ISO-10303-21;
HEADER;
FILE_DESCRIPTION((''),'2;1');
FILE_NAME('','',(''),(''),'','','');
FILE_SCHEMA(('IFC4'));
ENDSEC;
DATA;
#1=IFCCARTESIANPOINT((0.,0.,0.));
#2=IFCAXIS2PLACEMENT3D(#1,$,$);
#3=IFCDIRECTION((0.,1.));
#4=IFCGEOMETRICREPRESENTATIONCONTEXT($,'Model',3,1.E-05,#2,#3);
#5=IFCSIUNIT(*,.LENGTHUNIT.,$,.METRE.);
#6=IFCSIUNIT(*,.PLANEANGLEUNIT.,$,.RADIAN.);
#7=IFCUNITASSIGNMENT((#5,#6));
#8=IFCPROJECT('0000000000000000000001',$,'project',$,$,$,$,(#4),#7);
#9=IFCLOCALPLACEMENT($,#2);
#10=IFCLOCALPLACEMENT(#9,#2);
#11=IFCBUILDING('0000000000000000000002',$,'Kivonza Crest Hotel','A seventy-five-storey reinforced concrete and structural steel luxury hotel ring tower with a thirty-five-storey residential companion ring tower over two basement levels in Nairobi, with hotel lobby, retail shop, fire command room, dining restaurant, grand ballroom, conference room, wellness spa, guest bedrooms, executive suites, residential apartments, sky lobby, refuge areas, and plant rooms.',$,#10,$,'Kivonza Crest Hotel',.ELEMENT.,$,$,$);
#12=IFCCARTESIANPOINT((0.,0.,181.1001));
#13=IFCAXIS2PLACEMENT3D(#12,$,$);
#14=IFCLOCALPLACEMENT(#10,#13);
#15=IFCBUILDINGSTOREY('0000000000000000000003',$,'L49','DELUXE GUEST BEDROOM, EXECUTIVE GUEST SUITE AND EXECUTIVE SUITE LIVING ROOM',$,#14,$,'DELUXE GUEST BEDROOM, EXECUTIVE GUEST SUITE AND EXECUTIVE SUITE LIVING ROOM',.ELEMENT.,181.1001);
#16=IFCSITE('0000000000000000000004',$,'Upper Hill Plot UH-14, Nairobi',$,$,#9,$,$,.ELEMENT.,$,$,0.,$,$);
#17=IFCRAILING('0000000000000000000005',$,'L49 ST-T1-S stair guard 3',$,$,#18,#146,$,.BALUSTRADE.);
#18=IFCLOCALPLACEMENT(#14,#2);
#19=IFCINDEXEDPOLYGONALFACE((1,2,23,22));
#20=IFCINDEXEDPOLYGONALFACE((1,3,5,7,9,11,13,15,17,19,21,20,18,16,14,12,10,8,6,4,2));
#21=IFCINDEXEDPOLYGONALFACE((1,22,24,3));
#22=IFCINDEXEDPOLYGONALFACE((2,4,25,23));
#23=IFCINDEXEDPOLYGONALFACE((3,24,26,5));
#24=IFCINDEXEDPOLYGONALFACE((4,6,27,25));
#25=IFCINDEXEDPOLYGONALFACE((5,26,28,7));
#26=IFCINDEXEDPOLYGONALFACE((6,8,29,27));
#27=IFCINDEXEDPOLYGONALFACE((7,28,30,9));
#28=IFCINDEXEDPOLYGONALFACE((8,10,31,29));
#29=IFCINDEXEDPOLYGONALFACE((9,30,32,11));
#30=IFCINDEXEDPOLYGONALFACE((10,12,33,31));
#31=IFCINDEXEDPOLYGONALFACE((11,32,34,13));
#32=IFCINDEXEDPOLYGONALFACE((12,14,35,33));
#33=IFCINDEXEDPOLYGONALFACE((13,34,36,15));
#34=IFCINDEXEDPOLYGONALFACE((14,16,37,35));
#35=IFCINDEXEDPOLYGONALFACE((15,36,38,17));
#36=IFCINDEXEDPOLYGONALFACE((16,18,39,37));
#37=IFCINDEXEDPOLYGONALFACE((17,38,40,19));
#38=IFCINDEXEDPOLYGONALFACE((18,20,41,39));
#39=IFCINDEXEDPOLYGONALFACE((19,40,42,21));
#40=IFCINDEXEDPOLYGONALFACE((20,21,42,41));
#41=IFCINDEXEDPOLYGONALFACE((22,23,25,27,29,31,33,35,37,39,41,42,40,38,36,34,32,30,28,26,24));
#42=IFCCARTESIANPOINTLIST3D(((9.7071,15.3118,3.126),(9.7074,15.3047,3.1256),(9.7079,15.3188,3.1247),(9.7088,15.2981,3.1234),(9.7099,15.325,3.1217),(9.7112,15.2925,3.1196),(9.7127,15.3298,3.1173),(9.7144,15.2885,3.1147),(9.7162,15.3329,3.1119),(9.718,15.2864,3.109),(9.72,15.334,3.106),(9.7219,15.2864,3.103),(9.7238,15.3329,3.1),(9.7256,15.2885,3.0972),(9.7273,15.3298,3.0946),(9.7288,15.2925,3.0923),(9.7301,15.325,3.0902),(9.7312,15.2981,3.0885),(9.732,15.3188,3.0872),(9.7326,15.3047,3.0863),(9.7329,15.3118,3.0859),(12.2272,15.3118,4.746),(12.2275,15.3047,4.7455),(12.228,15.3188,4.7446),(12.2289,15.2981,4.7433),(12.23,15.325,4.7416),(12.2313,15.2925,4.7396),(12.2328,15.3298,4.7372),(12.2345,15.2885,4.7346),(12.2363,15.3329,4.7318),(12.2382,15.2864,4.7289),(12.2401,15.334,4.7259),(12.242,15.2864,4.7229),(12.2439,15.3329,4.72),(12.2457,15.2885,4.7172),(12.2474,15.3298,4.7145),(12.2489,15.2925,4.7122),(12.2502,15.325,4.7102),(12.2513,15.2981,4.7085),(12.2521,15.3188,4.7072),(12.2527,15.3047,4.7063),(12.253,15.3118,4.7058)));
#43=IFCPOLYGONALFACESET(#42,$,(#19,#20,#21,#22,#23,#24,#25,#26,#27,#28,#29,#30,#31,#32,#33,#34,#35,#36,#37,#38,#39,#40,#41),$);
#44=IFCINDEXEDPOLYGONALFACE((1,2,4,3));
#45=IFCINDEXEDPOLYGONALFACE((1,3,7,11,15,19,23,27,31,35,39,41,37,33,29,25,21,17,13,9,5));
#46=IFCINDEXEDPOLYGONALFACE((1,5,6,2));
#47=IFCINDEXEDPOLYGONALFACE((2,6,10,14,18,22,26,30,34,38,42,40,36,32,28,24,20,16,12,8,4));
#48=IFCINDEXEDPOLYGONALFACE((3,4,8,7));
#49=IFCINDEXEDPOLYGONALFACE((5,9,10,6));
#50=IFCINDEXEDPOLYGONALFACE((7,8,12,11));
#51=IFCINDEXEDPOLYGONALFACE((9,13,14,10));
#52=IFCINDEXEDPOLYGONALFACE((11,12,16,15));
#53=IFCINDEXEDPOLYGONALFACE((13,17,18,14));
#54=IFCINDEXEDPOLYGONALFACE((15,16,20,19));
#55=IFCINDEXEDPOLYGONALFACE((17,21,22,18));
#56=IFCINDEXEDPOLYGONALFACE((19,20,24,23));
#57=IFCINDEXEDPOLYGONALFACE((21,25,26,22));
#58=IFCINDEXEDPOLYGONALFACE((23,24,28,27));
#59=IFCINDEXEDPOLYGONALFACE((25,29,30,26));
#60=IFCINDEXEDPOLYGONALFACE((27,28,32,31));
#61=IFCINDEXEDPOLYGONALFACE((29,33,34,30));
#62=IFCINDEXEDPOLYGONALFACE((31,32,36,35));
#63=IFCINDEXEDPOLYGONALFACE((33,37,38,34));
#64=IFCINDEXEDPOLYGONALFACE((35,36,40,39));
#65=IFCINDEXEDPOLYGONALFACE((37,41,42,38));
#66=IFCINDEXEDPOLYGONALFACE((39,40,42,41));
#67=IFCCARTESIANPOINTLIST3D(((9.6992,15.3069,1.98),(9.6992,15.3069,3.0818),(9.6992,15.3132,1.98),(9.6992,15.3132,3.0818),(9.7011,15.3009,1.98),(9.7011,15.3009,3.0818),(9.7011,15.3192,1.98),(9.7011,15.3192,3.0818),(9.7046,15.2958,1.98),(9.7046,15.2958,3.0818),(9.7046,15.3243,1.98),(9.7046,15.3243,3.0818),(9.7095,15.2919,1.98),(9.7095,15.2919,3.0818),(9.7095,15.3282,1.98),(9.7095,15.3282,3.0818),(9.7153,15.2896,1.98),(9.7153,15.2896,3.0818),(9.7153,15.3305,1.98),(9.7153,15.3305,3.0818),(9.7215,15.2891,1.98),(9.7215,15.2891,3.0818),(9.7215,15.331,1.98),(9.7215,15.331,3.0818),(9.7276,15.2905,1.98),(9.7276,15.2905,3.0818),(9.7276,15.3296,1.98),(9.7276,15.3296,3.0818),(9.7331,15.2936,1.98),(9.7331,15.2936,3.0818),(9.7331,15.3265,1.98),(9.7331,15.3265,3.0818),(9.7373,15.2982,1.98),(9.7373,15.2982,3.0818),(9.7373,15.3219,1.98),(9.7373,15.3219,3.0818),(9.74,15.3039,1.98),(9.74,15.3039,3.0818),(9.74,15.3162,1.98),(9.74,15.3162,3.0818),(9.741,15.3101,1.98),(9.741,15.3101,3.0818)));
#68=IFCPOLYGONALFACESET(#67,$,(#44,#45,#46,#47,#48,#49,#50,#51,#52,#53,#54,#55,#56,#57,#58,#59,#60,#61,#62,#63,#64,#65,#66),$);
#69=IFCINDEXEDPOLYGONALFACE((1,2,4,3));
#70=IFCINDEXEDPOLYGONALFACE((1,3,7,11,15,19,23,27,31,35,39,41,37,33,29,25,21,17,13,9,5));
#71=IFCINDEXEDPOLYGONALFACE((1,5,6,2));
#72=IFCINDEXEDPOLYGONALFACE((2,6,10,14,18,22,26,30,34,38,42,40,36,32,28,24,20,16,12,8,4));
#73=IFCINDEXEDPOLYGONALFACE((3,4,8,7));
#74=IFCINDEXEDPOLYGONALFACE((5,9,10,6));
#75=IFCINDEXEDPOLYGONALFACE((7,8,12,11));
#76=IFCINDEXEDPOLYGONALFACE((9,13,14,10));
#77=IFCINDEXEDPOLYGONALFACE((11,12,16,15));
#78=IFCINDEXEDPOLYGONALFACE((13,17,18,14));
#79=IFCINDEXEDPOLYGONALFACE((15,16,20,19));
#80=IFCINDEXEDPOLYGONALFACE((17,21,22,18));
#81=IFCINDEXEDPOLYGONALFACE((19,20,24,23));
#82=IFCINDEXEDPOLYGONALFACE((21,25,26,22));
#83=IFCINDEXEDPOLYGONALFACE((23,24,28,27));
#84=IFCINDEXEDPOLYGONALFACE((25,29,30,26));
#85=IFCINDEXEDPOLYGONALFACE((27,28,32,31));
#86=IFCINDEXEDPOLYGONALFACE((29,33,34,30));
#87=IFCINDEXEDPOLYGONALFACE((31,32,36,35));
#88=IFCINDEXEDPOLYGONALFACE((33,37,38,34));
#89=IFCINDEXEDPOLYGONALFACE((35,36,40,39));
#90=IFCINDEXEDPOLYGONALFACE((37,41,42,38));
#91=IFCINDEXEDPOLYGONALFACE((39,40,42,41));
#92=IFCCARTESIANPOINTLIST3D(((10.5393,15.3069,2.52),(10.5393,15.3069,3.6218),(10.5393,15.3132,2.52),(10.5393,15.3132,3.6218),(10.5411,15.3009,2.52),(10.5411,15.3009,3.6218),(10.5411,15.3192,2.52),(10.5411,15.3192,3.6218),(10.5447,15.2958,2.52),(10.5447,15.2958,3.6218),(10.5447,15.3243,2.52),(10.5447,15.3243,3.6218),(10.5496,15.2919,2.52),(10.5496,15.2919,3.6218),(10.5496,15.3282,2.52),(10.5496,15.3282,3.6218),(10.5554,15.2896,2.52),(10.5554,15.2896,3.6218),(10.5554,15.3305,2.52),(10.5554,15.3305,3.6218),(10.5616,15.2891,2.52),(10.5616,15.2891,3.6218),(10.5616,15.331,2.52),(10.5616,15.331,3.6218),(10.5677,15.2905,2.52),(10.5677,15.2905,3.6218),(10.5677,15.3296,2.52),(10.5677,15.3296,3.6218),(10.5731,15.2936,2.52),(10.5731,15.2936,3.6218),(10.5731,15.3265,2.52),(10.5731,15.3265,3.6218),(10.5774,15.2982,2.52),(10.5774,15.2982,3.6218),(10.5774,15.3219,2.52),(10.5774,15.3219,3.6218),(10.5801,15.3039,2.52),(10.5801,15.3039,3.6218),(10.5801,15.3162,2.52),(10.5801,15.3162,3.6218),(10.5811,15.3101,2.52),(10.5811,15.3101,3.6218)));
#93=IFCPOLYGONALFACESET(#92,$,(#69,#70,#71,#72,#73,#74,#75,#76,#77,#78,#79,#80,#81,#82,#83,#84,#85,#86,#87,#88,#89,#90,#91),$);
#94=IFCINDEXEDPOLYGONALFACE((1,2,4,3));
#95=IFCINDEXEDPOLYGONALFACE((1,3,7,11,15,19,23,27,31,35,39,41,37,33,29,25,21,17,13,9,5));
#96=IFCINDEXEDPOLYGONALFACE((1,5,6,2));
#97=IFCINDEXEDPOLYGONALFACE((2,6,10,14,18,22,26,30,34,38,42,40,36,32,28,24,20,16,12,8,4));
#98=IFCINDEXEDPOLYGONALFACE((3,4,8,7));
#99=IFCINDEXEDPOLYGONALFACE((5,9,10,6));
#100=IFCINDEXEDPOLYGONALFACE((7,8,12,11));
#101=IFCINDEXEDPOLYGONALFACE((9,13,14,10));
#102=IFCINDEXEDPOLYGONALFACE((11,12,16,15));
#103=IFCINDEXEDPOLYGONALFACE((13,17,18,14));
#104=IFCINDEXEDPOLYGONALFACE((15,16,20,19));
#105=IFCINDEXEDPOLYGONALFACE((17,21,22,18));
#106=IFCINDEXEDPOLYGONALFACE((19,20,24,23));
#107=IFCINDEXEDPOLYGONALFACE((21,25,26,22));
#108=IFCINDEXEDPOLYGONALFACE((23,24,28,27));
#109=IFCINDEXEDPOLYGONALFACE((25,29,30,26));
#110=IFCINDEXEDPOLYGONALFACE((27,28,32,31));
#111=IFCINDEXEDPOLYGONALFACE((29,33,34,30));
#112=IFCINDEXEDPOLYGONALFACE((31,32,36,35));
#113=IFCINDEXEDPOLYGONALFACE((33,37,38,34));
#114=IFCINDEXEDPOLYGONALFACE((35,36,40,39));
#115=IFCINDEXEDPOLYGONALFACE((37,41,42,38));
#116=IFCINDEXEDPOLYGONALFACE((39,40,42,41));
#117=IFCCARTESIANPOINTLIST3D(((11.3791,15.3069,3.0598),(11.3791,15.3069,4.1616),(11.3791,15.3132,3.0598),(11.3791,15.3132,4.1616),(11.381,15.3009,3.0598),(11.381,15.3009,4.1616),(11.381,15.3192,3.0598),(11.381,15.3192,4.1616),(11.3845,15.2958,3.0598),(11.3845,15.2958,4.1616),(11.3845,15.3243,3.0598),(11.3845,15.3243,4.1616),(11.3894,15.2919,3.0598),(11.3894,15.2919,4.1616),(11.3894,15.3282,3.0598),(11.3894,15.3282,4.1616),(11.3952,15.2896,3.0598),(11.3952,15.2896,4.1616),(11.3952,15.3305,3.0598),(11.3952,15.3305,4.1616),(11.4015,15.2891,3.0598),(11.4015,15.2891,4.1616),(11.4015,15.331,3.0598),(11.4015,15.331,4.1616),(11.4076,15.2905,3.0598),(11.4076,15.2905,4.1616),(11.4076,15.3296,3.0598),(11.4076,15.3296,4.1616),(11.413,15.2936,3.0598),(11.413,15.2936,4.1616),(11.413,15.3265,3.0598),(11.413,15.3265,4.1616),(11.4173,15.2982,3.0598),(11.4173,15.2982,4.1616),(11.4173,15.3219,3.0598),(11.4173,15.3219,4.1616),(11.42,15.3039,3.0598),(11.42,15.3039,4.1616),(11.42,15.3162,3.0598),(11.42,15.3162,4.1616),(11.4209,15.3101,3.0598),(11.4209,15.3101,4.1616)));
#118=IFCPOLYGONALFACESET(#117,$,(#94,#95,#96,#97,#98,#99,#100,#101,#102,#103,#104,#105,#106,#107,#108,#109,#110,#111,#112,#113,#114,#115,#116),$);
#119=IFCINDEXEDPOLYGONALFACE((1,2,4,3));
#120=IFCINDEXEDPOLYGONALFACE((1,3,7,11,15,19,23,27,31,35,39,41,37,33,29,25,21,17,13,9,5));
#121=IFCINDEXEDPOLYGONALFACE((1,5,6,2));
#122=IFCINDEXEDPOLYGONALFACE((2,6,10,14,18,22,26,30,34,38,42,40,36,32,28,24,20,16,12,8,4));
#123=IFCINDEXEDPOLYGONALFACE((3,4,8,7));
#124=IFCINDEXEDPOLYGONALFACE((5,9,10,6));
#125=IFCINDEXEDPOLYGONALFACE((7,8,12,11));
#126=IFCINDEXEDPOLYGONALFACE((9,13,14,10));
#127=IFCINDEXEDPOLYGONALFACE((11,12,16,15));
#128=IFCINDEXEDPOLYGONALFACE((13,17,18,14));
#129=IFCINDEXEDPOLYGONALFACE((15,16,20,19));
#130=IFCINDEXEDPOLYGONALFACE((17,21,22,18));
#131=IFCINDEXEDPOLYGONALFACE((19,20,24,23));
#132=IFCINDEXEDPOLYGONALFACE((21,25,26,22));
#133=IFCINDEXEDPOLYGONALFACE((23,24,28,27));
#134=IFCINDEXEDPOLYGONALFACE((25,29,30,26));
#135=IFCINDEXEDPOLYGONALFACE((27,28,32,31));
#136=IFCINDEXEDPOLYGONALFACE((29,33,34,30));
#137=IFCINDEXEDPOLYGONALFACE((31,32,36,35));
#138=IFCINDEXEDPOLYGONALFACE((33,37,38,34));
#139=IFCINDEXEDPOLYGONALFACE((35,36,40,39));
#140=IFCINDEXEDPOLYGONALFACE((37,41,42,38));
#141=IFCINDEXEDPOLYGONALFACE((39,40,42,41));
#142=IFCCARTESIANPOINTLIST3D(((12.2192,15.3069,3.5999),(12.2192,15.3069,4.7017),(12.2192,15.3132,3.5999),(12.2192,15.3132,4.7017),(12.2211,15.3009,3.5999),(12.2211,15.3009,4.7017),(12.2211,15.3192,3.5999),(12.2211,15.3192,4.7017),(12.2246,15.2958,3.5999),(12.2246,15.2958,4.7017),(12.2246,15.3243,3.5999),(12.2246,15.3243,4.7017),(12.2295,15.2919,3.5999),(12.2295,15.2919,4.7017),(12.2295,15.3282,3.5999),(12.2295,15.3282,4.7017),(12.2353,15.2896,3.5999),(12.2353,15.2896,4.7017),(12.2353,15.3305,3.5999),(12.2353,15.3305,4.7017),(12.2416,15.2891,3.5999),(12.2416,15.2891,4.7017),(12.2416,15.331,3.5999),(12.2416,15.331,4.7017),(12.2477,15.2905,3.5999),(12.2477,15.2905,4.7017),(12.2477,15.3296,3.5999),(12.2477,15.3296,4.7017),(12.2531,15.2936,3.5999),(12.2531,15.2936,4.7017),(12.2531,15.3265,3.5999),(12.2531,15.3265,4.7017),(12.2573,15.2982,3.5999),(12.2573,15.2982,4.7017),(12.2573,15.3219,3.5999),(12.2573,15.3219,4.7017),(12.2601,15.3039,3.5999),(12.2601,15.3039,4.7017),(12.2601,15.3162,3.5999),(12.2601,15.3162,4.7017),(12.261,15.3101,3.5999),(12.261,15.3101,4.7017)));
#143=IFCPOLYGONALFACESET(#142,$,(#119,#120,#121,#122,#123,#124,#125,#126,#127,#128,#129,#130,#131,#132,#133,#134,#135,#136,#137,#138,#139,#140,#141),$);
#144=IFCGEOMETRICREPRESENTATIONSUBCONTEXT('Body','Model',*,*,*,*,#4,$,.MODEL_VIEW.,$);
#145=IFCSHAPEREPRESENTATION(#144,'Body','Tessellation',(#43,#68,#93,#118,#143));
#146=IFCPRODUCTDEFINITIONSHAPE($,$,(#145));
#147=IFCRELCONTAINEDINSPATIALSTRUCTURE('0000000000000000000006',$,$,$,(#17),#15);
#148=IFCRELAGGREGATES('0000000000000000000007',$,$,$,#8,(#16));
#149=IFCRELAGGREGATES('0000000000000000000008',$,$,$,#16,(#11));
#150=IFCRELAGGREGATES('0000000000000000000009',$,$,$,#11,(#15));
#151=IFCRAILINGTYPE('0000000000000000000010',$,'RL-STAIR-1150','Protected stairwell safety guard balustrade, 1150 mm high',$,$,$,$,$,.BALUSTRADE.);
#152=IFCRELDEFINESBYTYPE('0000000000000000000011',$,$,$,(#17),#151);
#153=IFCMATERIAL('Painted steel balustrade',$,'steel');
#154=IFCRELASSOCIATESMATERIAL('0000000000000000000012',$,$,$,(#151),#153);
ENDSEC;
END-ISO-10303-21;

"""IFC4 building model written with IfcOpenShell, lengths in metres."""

from ifc_helpers import new_model, si_unit, direction, frame, origin, origin_2d, place, context, subcontext, project, spatial, circle, extrude, material, type_object, element, save


model = new_model("IFC4")

# Units and contexts
model_context = context("Model", 3, precision=1e-05, world=origin(), true_north=direction((0.0, 1.0)))
body_context = subcontext(model_context, "Body", "Model", "MODEL_VIEW")
ifc_project = project(units=[si_unit("LENGTHUNIT", "METRE"), si_unit("PLANEANGLEUNIT", "RADIAN")], contexts=[model_context])

# Site, building, storey
site_placement = place(None, origin())
site = spatial("IfcSite", under=ifc_project, at=site_placement, Name="Upper Hill Plot UH-14, Nairobi", CompositionType="ELEMENT", RefElevation=0.0)
building_placement = place(site_placement, origin())
building = spatial("IfcBuilding", under=site, at=building_placement, Name="Kivonza Crest Hotel", Description="A seventy-five-storey reinforced concrete and structural steel luxury hotel ring tower with a thirty-five-storey residential companion ring tower over two basement levels in Nairobi, with hotel lobby, retail shop, fire command room, dining restaurant, grand ballroom, conference room, wellness spa, guest bedrooms, executive suites, residential apartments, sky lobby, refuge areas, and plant rooms.", LongName="Kivonza Crest Hotel", CompositionType="ELEMENT")
storey_placement = place(building_placement, frame((0.0, 0.0, 181.1001)))
storey = spatial("IfcBuildingStorey", under=building, at=storey_placement, Name="L49", Description="DELUXE GUEST BEDROOM, EXECUTIVE GUEST SUITE AND EXECUTIVE SUITE LIVING ROOM", LongName="DELUXE GUEST BEDROOM, EXECUTIVE GUEST SUITE AND EXECUTIVE SUITE LIVING ROOM", CompositionType="ELEMENT", Elevation=181.1001)

# Railing
ifc_material_1 = material(Name="Painted steel balustrade", Category="steel")
railing_type_1 = type_object("IfcRailingType", Name="RL-STAIR-1150", Description="Protected stairwell safety guard balustrade, 1150 mm high", PredefinedType="BALUSTRADE", material=ifc_material_1)
railing_1_placement = place(storey_placement, frame((9.72, 15.3101, 1.98)))
element("IfcRailing", 1, at=railing_1_placement, inside=storey, type_object=railing_type_1, Name="L49 ST-T1-S stair guard 3", PredefinedType="BALUSTRADE", context=body_context, shape_type="SweptSolid", body=[
    extrude(circle(Radius=0.0239, at=origin_2d()), frame((0.0, 0.0, 1.126), z_axis=(0.8412, 0.0, 0.540725), x_axis=(0.0, 1.0, 0.0)), (0.0, 0.0, 1.0), 2.9958),
    extrude(circle(Radius=0.021, at=origin_2d()), origin(), (0.0, 0.0, 1.0), 1.1018),
    extrude(circle(Radius=0.021, at=origin_2d()), frame((0.8401, 0.0, 0.54)), (0.0, 0.0, 1.0), 1.1018),
    extrude(circle(Radius=0.021, at=origin_2d()), frame((1.6799, 0.0, 1.0798)), (0.0, 0.0, 1.0), 1.1018),
    extrude(circle(Radius=0.021, at=origin_2d()), frame((2.52, 0.0, 1.6199)), (0.0, 0.0, 1.0), 1.1018),
])

save(model, "model.ifc")
